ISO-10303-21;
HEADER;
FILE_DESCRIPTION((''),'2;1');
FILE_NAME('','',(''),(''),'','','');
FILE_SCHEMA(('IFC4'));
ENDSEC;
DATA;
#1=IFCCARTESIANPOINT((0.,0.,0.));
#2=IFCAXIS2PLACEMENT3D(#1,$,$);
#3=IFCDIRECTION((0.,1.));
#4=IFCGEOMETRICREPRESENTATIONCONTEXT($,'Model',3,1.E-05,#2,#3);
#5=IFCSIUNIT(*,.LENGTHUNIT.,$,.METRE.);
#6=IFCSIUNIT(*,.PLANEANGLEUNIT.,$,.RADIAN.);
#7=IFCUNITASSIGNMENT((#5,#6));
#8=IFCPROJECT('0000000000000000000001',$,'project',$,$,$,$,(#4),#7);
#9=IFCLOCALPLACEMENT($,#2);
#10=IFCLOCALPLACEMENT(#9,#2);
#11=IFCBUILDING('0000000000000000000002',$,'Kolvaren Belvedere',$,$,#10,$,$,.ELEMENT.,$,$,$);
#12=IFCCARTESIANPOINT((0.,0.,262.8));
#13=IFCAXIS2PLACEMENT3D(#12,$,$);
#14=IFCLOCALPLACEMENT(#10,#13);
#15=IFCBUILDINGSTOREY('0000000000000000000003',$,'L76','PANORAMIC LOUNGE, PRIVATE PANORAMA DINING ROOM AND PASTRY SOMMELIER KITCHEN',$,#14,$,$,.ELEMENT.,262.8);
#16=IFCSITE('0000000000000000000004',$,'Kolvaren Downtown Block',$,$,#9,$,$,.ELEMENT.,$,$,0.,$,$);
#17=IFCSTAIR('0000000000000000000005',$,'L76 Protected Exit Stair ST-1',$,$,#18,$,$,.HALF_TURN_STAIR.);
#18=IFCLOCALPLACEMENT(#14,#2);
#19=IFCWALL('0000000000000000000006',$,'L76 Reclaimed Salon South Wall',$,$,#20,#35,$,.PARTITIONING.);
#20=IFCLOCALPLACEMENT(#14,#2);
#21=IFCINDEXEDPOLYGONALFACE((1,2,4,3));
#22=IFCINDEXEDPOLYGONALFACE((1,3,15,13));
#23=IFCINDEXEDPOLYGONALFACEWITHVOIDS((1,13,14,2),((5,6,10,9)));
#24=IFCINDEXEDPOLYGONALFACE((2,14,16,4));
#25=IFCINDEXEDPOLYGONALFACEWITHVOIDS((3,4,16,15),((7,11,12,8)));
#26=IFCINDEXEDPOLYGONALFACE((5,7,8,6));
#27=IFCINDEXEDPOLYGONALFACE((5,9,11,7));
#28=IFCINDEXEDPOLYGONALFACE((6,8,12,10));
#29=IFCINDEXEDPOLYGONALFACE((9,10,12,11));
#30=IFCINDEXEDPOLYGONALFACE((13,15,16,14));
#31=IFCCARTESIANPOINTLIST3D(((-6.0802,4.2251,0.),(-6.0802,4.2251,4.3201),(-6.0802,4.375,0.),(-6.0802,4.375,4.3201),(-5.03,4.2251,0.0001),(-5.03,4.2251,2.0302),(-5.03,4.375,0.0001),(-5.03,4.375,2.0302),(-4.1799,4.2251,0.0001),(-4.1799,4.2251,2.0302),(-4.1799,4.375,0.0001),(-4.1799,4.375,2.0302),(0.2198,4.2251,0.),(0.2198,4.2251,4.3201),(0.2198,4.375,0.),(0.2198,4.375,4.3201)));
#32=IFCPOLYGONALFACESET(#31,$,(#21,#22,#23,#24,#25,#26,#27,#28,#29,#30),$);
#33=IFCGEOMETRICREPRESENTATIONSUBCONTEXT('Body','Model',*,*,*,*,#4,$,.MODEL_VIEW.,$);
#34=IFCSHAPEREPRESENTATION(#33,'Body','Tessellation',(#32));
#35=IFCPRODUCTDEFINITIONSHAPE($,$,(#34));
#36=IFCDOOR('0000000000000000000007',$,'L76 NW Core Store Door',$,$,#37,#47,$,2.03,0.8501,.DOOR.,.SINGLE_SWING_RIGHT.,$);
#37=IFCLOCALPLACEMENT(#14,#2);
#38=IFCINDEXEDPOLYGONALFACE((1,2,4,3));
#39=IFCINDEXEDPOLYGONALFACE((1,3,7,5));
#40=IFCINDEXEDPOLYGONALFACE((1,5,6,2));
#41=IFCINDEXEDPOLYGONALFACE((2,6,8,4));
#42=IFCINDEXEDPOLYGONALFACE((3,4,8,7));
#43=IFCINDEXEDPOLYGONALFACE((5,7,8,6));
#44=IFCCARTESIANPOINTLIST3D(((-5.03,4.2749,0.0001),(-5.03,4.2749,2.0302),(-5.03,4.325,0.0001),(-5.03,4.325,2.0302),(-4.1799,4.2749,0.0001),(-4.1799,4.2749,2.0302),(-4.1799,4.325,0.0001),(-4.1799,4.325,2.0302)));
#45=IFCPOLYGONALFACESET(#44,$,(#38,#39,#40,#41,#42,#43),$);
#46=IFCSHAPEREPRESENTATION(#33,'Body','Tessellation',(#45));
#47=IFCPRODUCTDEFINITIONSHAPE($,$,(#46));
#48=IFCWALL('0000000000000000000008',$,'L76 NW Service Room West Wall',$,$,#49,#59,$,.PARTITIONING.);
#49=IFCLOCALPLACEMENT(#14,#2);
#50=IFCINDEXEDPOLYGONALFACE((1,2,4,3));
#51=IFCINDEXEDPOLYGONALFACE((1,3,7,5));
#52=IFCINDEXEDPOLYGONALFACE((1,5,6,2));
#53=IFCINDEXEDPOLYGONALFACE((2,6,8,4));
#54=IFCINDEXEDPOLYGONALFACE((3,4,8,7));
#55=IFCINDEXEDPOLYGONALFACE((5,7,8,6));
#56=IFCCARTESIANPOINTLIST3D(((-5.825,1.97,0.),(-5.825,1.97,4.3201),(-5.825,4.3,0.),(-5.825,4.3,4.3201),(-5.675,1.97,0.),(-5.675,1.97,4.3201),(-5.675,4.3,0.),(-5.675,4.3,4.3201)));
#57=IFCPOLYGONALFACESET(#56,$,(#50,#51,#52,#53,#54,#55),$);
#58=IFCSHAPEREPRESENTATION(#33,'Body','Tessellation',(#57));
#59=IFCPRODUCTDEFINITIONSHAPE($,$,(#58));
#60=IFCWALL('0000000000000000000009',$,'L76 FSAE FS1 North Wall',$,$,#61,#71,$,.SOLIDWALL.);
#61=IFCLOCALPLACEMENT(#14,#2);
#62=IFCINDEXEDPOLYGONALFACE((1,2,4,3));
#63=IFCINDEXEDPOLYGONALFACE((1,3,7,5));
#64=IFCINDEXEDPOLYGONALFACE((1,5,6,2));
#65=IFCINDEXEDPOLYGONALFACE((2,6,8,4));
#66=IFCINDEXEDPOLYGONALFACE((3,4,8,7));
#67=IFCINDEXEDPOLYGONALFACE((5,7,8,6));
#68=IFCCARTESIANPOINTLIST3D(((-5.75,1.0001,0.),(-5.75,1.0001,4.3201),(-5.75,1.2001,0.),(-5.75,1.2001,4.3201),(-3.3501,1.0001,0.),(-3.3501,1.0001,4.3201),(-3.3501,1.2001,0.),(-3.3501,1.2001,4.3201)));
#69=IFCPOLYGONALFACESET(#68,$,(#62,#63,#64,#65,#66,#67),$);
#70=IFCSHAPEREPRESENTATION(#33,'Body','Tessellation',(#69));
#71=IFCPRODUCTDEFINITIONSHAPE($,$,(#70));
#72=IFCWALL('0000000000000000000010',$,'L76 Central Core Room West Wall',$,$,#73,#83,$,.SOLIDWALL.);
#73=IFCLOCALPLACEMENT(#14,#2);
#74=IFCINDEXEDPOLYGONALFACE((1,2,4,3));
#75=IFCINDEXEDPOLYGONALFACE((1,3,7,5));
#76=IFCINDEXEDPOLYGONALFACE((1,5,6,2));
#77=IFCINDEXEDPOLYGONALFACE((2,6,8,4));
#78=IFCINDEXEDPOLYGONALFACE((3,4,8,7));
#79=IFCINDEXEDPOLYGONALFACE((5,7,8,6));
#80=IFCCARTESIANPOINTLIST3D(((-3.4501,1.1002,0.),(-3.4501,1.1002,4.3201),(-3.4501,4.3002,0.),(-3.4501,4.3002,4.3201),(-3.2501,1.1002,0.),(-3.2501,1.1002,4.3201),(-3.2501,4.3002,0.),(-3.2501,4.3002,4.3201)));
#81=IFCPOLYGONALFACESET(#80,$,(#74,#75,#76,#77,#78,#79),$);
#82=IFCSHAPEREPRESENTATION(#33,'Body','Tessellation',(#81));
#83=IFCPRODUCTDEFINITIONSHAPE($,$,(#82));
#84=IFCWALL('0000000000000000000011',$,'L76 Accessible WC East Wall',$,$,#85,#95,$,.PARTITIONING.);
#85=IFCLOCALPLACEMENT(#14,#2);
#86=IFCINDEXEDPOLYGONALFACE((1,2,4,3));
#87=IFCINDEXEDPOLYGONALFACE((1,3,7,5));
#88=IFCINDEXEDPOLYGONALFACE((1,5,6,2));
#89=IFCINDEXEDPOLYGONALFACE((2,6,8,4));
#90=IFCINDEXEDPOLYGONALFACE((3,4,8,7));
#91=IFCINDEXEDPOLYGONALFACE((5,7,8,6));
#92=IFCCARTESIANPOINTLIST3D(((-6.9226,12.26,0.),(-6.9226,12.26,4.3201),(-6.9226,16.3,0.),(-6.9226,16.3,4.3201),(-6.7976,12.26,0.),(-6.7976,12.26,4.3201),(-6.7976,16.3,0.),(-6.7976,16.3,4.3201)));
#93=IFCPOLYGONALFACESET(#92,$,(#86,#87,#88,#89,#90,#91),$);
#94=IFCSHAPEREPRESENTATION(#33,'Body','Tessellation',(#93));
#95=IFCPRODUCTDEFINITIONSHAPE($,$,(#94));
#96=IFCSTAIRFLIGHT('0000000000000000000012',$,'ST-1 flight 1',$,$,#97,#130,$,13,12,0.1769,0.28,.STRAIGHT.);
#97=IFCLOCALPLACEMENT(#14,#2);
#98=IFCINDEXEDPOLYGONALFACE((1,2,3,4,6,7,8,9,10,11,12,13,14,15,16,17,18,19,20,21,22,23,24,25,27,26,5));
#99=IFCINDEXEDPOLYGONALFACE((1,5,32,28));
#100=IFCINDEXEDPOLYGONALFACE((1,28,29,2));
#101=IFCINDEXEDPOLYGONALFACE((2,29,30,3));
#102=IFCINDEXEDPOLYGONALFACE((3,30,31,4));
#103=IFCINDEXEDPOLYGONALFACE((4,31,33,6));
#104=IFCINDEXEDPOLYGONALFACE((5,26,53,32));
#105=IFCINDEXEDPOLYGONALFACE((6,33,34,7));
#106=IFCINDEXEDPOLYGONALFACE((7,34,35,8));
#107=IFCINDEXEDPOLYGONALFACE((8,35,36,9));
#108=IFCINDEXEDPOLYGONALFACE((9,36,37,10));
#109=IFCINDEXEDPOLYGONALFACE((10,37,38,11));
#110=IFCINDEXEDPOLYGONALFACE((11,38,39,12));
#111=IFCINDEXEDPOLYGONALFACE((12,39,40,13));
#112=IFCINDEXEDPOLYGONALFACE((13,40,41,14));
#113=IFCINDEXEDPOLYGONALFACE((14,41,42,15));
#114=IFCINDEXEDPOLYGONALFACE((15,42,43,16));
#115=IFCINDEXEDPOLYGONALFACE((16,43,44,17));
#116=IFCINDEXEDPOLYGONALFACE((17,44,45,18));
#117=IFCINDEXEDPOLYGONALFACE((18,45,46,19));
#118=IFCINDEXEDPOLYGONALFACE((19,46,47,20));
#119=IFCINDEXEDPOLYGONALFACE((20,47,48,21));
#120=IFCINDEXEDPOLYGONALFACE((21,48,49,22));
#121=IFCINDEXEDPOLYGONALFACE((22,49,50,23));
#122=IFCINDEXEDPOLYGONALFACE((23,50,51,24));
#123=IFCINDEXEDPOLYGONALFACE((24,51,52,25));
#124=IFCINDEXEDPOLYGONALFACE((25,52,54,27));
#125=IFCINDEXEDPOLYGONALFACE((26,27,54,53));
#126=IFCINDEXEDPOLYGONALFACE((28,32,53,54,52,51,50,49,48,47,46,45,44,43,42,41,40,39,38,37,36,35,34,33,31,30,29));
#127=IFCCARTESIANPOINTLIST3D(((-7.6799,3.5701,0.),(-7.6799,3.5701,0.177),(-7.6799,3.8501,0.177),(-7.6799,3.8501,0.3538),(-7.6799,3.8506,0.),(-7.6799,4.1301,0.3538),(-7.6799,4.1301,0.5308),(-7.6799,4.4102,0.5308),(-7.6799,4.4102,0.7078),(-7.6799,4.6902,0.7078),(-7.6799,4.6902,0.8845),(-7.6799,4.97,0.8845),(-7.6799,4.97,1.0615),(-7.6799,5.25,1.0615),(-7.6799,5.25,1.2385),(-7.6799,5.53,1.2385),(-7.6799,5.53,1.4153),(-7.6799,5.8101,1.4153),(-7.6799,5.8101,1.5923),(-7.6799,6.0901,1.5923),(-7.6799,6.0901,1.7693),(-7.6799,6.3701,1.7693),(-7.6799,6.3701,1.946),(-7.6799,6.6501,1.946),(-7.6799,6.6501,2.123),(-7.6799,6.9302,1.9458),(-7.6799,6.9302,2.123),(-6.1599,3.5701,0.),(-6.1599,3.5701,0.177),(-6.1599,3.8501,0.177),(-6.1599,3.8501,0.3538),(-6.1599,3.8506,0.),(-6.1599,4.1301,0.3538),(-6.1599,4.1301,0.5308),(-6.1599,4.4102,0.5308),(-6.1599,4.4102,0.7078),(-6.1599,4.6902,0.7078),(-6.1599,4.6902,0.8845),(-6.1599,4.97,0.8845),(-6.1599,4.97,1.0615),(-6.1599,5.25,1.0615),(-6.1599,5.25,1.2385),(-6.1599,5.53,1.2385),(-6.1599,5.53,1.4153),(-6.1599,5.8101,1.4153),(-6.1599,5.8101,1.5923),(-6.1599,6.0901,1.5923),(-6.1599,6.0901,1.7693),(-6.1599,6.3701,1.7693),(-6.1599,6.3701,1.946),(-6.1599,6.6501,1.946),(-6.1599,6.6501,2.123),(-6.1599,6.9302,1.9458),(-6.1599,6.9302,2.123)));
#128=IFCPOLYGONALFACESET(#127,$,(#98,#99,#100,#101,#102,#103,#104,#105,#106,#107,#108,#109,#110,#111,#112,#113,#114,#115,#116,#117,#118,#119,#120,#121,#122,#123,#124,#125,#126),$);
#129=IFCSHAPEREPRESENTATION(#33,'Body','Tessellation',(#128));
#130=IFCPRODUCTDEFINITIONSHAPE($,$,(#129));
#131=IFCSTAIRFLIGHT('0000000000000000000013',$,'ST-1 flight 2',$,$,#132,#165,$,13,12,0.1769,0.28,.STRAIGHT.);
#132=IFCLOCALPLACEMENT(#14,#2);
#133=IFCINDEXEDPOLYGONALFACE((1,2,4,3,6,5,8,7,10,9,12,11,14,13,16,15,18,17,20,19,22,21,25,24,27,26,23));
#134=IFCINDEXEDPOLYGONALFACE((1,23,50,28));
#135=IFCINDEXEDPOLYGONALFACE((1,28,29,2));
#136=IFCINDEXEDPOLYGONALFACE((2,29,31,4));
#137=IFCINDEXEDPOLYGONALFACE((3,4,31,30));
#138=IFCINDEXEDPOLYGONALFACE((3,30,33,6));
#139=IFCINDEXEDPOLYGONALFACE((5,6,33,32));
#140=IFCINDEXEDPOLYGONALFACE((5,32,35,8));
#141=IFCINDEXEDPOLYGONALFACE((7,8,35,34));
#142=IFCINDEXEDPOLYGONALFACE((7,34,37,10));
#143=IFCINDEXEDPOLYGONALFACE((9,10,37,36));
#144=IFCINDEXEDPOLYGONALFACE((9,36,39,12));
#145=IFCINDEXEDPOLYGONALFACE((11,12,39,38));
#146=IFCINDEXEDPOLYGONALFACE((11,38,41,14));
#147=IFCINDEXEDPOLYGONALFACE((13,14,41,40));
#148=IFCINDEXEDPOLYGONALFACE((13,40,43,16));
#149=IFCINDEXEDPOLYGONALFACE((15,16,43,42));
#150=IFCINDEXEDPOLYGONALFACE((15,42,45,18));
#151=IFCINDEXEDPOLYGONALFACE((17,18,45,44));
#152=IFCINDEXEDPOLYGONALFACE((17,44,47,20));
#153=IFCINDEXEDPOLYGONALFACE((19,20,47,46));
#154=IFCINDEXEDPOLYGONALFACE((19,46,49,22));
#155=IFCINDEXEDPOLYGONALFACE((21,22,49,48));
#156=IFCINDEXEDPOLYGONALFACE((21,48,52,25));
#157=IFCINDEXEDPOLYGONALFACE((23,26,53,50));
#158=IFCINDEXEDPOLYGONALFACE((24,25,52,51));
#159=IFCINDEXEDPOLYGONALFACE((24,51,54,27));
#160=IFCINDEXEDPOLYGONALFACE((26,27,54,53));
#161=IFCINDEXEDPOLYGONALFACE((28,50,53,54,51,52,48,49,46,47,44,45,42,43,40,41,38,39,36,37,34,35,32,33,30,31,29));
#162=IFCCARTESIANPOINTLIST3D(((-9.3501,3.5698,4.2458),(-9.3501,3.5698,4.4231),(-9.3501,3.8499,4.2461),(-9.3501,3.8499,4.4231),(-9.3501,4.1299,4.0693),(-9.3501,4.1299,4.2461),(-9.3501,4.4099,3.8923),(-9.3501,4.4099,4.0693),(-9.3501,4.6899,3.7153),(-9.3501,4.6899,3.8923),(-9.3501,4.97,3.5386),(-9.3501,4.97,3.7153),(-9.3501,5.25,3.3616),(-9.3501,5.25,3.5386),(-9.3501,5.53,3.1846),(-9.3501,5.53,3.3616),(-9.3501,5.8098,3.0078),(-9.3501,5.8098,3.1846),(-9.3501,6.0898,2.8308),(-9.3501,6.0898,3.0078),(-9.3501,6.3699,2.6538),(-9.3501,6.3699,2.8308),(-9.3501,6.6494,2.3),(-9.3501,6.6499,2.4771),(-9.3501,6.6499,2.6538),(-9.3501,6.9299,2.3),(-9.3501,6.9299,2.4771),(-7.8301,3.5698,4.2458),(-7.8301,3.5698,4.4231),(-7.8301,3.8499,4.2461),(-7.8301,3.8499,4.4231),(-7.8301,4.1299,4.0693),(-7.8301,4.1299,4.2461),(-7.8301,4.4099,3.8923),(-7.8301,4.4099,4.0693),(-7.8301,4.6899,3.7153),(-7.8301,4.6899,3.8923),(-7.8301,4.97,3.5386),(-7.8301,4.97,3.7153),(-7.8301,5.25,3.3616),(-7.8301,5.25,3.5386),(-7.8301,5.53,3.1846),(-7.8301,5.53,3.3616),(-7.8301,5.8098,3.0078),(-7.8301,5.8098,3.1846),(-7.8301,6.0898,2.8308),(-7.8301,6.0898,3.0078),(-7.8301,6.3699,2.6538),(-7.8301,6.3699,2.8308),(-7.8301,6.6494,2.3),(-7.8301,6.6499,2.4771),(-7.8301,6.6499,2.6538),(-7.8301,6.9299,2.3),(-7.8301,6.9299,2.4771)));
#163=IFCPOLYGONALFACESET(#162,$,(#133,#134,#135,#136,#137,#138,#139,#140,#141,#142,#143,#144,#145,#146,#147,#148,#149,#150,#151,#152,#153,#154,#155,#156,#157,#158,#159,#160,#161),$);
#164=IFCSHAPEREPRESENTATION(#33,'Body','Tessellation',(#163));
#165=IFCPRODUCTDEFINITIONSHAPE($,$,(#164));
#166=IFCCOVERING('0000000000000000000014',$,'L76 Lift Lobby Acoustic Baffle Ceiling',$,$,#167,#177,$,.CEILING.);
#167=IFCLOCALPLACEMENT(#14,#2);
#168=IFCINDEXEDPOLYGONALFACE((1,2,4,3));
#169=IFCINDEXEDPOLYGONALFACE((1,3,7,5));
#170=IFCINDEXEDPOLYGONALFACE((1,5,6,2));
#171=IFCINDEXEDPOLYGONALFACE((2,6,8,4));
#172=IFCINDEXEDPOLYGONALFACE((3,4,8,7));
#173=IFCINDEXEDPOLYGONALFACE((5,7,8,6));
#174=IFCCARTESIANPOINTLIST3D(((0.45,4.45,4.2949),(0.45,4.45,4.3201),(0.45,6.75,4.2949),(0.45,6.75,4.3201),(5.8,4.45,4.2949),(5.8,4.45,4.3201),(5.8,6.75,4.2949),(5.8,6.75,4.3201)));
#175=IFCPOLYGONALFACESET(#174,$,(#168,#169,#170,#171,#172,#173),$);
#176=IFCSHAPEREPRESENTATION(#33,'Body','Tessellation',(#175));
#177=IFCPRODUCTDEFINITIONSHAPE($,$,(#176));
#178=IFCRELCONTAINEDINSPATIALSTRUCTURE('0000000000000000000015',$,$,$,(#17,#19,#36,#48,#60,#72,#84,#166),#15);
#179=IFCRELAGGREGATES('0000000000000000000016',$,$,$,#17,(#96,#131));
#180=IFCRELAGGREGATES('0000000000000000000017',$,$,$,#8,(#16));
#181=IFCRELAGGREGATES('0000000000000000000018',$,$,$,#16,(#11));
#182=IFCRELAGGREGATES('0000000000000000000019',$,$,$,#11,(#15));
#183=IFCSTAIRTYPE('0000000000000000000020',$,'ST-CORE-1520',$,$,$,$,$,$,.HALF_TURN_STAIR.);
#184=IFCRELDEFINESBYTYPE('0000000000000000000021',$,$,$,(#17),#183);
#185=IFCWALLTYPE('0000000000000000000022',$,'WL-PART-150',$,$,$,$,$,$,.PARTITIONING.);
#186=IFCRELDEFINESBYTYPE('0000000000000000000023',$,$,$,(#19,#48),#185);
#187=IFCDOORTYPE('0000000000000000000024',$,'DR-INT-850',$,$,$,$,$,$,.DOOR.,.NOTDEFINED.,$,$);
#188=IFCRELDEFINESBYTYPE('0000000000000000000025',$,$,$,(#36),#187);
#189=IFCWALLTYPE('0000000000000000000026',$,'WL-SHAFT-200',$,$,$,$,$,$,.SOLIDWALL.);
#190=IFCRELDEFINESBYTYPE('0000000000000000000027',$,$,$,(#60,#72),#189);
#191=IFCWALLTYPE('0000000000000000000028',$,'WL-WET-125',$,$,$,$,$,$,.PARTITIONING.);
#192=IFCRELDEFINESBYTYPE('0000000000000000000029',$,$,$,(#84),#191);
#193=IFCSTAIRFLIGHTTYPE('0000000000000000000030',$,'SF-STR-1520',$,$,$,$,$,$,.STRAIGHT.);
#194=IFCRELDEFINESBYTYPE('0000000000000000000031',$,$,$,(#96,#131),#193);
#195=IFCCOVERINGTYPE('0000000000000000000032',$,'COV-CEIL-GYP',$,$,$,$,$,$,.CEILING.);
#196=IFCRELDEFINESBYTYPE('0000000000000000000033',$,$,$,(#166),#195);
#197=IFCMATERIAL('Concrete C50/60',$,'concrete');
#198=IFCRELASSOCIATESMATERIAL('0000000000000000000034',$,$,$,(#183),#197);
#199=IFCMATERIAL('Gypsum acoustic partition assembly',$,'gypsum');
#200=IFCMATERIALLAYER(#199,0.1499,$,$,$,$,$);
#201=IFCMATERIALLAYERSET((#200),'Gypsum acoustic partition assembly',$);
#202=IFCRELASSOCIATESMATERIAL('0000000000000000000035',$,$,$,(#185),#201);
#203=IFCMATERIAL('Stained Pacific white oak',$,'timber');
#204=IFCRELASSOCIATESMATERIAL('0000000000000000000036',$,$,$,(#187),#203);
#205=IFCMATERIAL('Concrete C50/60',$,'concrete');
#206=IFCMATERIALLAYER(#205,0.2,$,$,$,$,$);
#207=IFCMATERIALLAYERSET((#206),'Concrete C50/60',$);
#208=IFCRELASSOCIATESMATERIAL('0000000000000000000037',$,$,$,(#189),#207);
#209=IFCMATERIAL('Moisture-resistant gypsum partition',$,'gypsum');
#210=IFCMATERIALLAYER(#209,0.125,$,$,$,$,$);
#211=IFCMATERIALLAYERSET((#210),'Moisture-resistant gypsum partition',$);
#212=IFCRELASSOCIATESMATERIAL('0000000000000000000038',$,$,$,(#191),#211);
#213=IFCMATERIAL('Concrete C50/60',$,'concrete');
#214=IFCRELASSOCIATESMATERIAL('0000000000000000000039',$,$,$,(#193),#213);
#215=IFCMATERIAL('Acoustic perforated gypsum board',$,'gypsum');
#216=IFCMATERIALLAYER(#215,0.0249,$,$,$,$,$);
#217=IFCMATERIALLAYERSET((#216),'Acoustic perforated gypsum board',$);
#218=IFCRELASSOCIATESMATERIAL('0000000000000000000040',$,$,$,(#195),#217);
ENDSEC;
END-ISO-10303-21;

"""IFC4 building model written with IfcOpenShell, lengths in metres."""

from ifc_helpers import new_model, si_unit, direction, frame, frame_2d, origin, place, context, subcontext, project, spatial, polyline, rectangle, outline, extrude, material, layer, layer_set, type_object, element, fill, aggregate, save


model = new_model("IFC4")

# Units and contexts
model_context = context("Model", 3, precision=1e-05, world=origin(), true_north=direction((0.0, 1.0)))
body_context = subcontext(model_context, "Body", "Model", "MODEL_VIEW")
ifc_project = project(units=[si_unit("LENGTHUNIT", "METRE"), si_unit("PLANEANGLEUNIT", "RADIAN")], contexts=[model_context])

# Site, building, storey
site_placement = place(None, origin())
site = spatial("IfcSite", under=ifc_project, at=site_placement, Name="Kolvaren Downtown Block", CompositionType="ELEMENT", RefElevation=0.0)
building_placement = place(site_placement, origin())
building = spatial("IfcBuilding", under=site, at=building_placement, Name="Kolvaren Belvedere", CompositionType="ELEMENT")
storey_placement = place(building_placement, frame((0.0, 0.0, 262.8)))
storey = spatial("IfcBuildingStorey", under=building, at=storey_placement, Name="L76", Description="PANORAMIC LOUNGE, PRIVATE PANORAMA DINING ROOM AND PASTRY SOMMELIER KITCHEN", CompositionType="ELEMENT", Elevation=262.8)

# Stair
ifc_material_1 = material(Name="Concrete C50/60", Category="concrete")
stair_type = type_object("IfcStairType", Name="ST-CORE-1520", PredefinedType="HALF_TURN_STAIR", material=ifc_material_1)
stair_1_placement = place(storey_placement, origin())
stair_1 = element("IfcStair", 1, at=stair_1_placement, inside=storey, type_object=stair_type, Name="L76 Protected Exit Stair ST-1", PredefinedType="HALF_TURN_STAIR")

# Wall, opening, door
ifc_material_2 = material(Name="Gypsum acoustic partition assembly", Category="gypsum")
ifc_layer_1 = layer(ifc_material_2, 0.1499)
ifc_layer_set_1 = layer_set([ifc_layer_1], Name="Gypsum acoustic partition assembly")
wall_type_1 = type_object("IfcWallType", Name="WL-PART-150", PredefinedType="PARTITIONING", material=ifc_layer_set_1)
wall_1_placement = place(storey_placement, frame((-6.0801, 4.3, 0.0), z_axis=(0.0, 0.0, 1.0), x_axis=(1.0, 0.0, 0.0)))
wall_1 = element("IfcWall", 2, at=wall_1_placement, inside=storey, type_object=wall_type_1, Name="L76 Reclaimed Salon South Wall", PredefinedType="PARTITIONING", context=body_context, shape_type="SweptSolid", body=[
    extrude(rectangle(XDim=6.3, YDim=0.1499, at=frame_2d((3.1499, 0.0))), origin(), (0.0, 0.0, 1.0), 4.3201),
])
opening_1_placement = place(wall_1_placement, frame((1.05, 0.0, 0.0)))
opening_1 = element("IfcOpeningElement", 3, at=opening_1_placement, cuts=wall_1, PredefinedType="OPENING", context=body_context, shape_type="SweptSolid", body=[
    extrude(rectangle(XDim=0.8501, YDim=2.03, at=frame_2d((0.425, 1.0151))), frame((0.0, 0.085, 0.0), z_axis=(0.0, -1.0, 0.0), x_axis=(1.0, 0.0, 0.0)), (0.0, 0.0, 1.0), 0.1699),
])
ifc_material_3 = material(Name="Stained Pacific white oak", Category="timber")
door_type_1 = type_object("IfcDoorType", Name="DR-INT-850", OperationType="NOTDEFINED", PredefinedType="DOOR", material=ifc_material_3)
door_1_placement = place(opening_1_placement, origin())
door_1 = element("IfcDoor", 4, at=door_1_placement, inside=storey, type_object=door_type_1, Name="L76 NW Core Store Door", OperationType="SINGLE_SWING_RIGHT", OverallHeight=2.03, OverallWidth=0.8501, PredefinedType="DOOR", context=body_context, shape_type="SweptSolid", body=[
    extrude(rectangle(XDim=0.8501, YDim=2.03, at=frame_2d((0.425, 1.0151))), frame((0.0, 0.0249, 0.0), z_axis=(0.0, -1.0, 0.0), x_axis=(1.0, 0.0, 0.0)), (0.0, 0.0, 1.0), 0.05),
])
fill(opening_1, door_1)

# Walls
wall_2_placement = place(storey_placement, frame((-5.75, 1.97, 0.0), z_axis=(0.0, 0.0, 1.0), x_axis=(0.0, 1.0, 0.0)))
element("IfcWall", 5, at=wall_2_placement, inside=storey, type_object=wall_type_1, Name="L76 NW Service Room West Wall", PredefinedType="PARTITIONING", context=body_context, shape_type="SweptSolid", body=[
    extrude(rectangle(XDim=2.3301, YDim=0.1499, at=frame_2d((1.165, 0.0))), origin(), (0.0, 0.0, 1.0), 4.3201),
])
ifc_material_4 = material(Name="Concrete C50/60", Category="concrete")
ifc_layer_2 = layer(ifc_material_4, 0.2)
ifc_layer_set_2 = layer_set([ifc_layer_2], Name="Concrete C50/60")
wall_type_2 = type_object("IfcWallType", Name="WL-SHAFT-200", PredefinedType="SOLIDWALL", material=ifc_layer_set_2)
wall_3_placement = place(storey_placement, frame((-5.75, 1.1001, 0.0), z_axis=(0.0, 0.0, 1.0), x_axis=(1.0, 0.0, 0.0)))
element("IfcWall", 6, at=wall_3_placement, inside=storey, type_object=wall_type_2, Name="L76 FSAE FS1 North Wall", PredefinedType="SOLIDWALL", context=body_context, shape_type="SweptSolid", body=[
    extrude(rectangle(XDim=2.3999, YDim=0.2, at=frame_2d((1.2, 0.0))), origin(), (0.0, 0.0, 1.0), 4.3201),
])
wall_4_placement = place(storey_placement, frame((-3.3501, 1.1001, 0.0), z_axis=(0.0, 0.0, 1.0), x_axis=(0.0, 1.0, 0.0)))
element("IfcWall", 7, at=wall_4_placement, inside=storey, type_object=wall_type_2, Name="L76 Central Core Room West Wall", PredefinedType="SOLIDWALL", context=body_context, shape_type="SweptSolid", body=[
    extrude(rectangle(XDim=3.2, YDim=0.2, at=frame_2d((1.6001, 0.0))), origin(), (0.0, 0.0, 1.0), 4.3201),
])
ifc_material_5 = material(Name="Moisture-resistant gypsum partition", Category="gypsum")
ifc_layer_3 = layer(ifc_material_5, 0.125)
ifc_layer_set_3 = layer_set([ifc_layer_3], Name="Moisture-resistant gypsum partition")
wall_type_3 = type_object("IfcWallType", Name="WL-WET-125", PredefinedType="PARTITIONING", material=ifc_layer_set_3)
wall_5_placement = place(storey_placement, frame((-6.8601, 12.26, 0.0), z_axis=(0.0, 0.0, 1.0), x_axis=(0.0, 1.0, 0.0)))
element("IfcWall", 8, at=wall_5_placement, inside=storey, type_object=wall_type_3, Name="L76 Accessible WC East Wall", PredefinedType="PARTITIONING", context=body_context, shape_type="SweptSolid", body=[
    extrude(rectangle(XDim=4.04, YDim=0.125, at=frame_2d((2.02, 0.0))), origin(), (0.0, 0.0, 1.0), 4.3201),
])

# Stair flights
ifc_material_6 = material(Name="Concrete C50/60", Category="concrete")
stair_flight_type = type_object("IfcStairFlightType", Name="SF-STR-1520", PredefinedType="STRAIGHT", material=ifc_material_6)
stair_flight_1_placement = place(storey_placement, frame((-6.9199, 3.5701, 0.0), z_axis=(0.0, 0.0, 1.0), x_axis=(0.0, 1.0, 0.0)))
stair_flight_1 = element("IfcStairFlight", 9, at=stair_flight_1_placement, type_object=stair_flight_type, Name="ST-1 flight 1", NumberOfRisers=13, NumberOfTreads=12, PredefinedType="STRAIGHT", RiserHeight=0.1769, TreadLength=0.28, context=body_context, shape_type="SweptSolid", body=[
    extrude(outline(polyline([(0.0, 0.0), (0.0, 0.177), (0.28, 0.177), (0.28, 0.3538), (0.5601, 0.3538), (0.5601, 0.5308), (0.8401, 0.5308), (0.8401, 0.7078), (1.1201, 0.7078), (1.1201, 0.8845), (1.3999, 0.8845), (1.3999, 1.0615), (1.6799, 1.0615), (1.6799, 1.2385), (1.96, 1.2385), (1.96, 1.4153), (2.24, 1.4153), (2.24, 1.5923), (2.52, 1.5923), (2.52, 1.7693), (2.8, 1.7693), (2.8, 1.946), (3.0801, 1.946), (3.0801, 2.123), (3.3601, 2.123), (3.3601, 2.3), (3.3601, 1.9458), (0.2805, 0.0), (0.0, 0.0)])), frame((0.0, 0.76, 0.0), z_axis=(0.0, -1.0, 0.0), x_axis=(1.0, 0.0, 0.0)), (0.0, 0.0, 1.0), 1.52),
])
stair_flight_2_placement = place(storey_placement, frame((-8.5901, 6.9299, 2.3), z_axis=(0.0, 0.0, 1.0), x_axis=(0.0, -1.0, 0.0)))
stair_flight_2 = element("IfcStairFlight", 10, at=stair_flight_2_placement, type_object=stair_flight_type, Name="ST-1 flight 2", NumberOfRisers=13, NumberOfTreads=12, PredefinedType="STRAIGHT", RiserHeight=0.1769, TreadLength=0.28, context=body_context, shape_type="SweptSolid", body=[
    extrude(outline(polyline([(0.0, 0.0), (0.0, 0.177), (0.28, 0.177), (0.28, 0.3538), (0.5601, 0.3538), (0.5601, 0.5308), (0.8401, 0.5308), (0.8401, 0.7078), (1.1201, 0.7078), (1.1201, 0.8845), (1.3999, 0.8845), (1.3999, 1.0615), (1.6799, 1.0615), (1.6799, 1.2385), (1.96, 1.2385), (1.96, 1.4153), (2.24, 1.4153), (2.24, 1.5923), (2.52, 1.5923), (2.52, 1.7693), (2.8, 1.7693), (2.8, 1.946), (3.0801, 1.946), (3.0801, 2.123), (3.3601, 2.123), (3.3601, 2.3), (3.3601, 1.9458), (0.2805, 0.0), (0.0, 0.0)])), frame((0.0, 0.76, 0.0), z_axis=(0.0, -1.0, 0.0), x_axis=(1.0, 0.0, 0.0)), (0.0, 0.0, 1.0), 1.52),
])
aggregate(stair_1, [stair_flight_1, stair_flight_2])

# Covering
ifc_material_7 = material(Name="Acoustic perforated gypsum board", Category="gypsum")
ifc_layer_4 = layer(ifc_material_7, 0.0249)
ifc_layer_set_4 = layer_set([ifc_layer_4], Name="Acoustic perforated gypsum board")
covering_type_1 = type_object("IfcCoveringType", Name="COV-CEIL-GYP", PredefinedType="CEILING", material=ifc_layer_set_4)
covering_1_placement = place(storey_placement, frame((0.0, 0.0, 4.2949)))
element("IfcCovering", 11, at=covering_1_placement, inside=storey, type_object=covering_type_1, Name="L76 Lift Lobby Acoustic Baffle Ceiling", PredefinedType="CEILING", context=body_context, shape_type="SweptSolid", body=[
    extrude(outline(polyline([(0.45, 4.45), (5.8, 4.45), (5.8, 6.75), (0.45, 6.75), (0.45, 4.45)])), origin(), (0.0, 0.0, 1.0), 0.0251),
])

save(model, "model.ifc")
